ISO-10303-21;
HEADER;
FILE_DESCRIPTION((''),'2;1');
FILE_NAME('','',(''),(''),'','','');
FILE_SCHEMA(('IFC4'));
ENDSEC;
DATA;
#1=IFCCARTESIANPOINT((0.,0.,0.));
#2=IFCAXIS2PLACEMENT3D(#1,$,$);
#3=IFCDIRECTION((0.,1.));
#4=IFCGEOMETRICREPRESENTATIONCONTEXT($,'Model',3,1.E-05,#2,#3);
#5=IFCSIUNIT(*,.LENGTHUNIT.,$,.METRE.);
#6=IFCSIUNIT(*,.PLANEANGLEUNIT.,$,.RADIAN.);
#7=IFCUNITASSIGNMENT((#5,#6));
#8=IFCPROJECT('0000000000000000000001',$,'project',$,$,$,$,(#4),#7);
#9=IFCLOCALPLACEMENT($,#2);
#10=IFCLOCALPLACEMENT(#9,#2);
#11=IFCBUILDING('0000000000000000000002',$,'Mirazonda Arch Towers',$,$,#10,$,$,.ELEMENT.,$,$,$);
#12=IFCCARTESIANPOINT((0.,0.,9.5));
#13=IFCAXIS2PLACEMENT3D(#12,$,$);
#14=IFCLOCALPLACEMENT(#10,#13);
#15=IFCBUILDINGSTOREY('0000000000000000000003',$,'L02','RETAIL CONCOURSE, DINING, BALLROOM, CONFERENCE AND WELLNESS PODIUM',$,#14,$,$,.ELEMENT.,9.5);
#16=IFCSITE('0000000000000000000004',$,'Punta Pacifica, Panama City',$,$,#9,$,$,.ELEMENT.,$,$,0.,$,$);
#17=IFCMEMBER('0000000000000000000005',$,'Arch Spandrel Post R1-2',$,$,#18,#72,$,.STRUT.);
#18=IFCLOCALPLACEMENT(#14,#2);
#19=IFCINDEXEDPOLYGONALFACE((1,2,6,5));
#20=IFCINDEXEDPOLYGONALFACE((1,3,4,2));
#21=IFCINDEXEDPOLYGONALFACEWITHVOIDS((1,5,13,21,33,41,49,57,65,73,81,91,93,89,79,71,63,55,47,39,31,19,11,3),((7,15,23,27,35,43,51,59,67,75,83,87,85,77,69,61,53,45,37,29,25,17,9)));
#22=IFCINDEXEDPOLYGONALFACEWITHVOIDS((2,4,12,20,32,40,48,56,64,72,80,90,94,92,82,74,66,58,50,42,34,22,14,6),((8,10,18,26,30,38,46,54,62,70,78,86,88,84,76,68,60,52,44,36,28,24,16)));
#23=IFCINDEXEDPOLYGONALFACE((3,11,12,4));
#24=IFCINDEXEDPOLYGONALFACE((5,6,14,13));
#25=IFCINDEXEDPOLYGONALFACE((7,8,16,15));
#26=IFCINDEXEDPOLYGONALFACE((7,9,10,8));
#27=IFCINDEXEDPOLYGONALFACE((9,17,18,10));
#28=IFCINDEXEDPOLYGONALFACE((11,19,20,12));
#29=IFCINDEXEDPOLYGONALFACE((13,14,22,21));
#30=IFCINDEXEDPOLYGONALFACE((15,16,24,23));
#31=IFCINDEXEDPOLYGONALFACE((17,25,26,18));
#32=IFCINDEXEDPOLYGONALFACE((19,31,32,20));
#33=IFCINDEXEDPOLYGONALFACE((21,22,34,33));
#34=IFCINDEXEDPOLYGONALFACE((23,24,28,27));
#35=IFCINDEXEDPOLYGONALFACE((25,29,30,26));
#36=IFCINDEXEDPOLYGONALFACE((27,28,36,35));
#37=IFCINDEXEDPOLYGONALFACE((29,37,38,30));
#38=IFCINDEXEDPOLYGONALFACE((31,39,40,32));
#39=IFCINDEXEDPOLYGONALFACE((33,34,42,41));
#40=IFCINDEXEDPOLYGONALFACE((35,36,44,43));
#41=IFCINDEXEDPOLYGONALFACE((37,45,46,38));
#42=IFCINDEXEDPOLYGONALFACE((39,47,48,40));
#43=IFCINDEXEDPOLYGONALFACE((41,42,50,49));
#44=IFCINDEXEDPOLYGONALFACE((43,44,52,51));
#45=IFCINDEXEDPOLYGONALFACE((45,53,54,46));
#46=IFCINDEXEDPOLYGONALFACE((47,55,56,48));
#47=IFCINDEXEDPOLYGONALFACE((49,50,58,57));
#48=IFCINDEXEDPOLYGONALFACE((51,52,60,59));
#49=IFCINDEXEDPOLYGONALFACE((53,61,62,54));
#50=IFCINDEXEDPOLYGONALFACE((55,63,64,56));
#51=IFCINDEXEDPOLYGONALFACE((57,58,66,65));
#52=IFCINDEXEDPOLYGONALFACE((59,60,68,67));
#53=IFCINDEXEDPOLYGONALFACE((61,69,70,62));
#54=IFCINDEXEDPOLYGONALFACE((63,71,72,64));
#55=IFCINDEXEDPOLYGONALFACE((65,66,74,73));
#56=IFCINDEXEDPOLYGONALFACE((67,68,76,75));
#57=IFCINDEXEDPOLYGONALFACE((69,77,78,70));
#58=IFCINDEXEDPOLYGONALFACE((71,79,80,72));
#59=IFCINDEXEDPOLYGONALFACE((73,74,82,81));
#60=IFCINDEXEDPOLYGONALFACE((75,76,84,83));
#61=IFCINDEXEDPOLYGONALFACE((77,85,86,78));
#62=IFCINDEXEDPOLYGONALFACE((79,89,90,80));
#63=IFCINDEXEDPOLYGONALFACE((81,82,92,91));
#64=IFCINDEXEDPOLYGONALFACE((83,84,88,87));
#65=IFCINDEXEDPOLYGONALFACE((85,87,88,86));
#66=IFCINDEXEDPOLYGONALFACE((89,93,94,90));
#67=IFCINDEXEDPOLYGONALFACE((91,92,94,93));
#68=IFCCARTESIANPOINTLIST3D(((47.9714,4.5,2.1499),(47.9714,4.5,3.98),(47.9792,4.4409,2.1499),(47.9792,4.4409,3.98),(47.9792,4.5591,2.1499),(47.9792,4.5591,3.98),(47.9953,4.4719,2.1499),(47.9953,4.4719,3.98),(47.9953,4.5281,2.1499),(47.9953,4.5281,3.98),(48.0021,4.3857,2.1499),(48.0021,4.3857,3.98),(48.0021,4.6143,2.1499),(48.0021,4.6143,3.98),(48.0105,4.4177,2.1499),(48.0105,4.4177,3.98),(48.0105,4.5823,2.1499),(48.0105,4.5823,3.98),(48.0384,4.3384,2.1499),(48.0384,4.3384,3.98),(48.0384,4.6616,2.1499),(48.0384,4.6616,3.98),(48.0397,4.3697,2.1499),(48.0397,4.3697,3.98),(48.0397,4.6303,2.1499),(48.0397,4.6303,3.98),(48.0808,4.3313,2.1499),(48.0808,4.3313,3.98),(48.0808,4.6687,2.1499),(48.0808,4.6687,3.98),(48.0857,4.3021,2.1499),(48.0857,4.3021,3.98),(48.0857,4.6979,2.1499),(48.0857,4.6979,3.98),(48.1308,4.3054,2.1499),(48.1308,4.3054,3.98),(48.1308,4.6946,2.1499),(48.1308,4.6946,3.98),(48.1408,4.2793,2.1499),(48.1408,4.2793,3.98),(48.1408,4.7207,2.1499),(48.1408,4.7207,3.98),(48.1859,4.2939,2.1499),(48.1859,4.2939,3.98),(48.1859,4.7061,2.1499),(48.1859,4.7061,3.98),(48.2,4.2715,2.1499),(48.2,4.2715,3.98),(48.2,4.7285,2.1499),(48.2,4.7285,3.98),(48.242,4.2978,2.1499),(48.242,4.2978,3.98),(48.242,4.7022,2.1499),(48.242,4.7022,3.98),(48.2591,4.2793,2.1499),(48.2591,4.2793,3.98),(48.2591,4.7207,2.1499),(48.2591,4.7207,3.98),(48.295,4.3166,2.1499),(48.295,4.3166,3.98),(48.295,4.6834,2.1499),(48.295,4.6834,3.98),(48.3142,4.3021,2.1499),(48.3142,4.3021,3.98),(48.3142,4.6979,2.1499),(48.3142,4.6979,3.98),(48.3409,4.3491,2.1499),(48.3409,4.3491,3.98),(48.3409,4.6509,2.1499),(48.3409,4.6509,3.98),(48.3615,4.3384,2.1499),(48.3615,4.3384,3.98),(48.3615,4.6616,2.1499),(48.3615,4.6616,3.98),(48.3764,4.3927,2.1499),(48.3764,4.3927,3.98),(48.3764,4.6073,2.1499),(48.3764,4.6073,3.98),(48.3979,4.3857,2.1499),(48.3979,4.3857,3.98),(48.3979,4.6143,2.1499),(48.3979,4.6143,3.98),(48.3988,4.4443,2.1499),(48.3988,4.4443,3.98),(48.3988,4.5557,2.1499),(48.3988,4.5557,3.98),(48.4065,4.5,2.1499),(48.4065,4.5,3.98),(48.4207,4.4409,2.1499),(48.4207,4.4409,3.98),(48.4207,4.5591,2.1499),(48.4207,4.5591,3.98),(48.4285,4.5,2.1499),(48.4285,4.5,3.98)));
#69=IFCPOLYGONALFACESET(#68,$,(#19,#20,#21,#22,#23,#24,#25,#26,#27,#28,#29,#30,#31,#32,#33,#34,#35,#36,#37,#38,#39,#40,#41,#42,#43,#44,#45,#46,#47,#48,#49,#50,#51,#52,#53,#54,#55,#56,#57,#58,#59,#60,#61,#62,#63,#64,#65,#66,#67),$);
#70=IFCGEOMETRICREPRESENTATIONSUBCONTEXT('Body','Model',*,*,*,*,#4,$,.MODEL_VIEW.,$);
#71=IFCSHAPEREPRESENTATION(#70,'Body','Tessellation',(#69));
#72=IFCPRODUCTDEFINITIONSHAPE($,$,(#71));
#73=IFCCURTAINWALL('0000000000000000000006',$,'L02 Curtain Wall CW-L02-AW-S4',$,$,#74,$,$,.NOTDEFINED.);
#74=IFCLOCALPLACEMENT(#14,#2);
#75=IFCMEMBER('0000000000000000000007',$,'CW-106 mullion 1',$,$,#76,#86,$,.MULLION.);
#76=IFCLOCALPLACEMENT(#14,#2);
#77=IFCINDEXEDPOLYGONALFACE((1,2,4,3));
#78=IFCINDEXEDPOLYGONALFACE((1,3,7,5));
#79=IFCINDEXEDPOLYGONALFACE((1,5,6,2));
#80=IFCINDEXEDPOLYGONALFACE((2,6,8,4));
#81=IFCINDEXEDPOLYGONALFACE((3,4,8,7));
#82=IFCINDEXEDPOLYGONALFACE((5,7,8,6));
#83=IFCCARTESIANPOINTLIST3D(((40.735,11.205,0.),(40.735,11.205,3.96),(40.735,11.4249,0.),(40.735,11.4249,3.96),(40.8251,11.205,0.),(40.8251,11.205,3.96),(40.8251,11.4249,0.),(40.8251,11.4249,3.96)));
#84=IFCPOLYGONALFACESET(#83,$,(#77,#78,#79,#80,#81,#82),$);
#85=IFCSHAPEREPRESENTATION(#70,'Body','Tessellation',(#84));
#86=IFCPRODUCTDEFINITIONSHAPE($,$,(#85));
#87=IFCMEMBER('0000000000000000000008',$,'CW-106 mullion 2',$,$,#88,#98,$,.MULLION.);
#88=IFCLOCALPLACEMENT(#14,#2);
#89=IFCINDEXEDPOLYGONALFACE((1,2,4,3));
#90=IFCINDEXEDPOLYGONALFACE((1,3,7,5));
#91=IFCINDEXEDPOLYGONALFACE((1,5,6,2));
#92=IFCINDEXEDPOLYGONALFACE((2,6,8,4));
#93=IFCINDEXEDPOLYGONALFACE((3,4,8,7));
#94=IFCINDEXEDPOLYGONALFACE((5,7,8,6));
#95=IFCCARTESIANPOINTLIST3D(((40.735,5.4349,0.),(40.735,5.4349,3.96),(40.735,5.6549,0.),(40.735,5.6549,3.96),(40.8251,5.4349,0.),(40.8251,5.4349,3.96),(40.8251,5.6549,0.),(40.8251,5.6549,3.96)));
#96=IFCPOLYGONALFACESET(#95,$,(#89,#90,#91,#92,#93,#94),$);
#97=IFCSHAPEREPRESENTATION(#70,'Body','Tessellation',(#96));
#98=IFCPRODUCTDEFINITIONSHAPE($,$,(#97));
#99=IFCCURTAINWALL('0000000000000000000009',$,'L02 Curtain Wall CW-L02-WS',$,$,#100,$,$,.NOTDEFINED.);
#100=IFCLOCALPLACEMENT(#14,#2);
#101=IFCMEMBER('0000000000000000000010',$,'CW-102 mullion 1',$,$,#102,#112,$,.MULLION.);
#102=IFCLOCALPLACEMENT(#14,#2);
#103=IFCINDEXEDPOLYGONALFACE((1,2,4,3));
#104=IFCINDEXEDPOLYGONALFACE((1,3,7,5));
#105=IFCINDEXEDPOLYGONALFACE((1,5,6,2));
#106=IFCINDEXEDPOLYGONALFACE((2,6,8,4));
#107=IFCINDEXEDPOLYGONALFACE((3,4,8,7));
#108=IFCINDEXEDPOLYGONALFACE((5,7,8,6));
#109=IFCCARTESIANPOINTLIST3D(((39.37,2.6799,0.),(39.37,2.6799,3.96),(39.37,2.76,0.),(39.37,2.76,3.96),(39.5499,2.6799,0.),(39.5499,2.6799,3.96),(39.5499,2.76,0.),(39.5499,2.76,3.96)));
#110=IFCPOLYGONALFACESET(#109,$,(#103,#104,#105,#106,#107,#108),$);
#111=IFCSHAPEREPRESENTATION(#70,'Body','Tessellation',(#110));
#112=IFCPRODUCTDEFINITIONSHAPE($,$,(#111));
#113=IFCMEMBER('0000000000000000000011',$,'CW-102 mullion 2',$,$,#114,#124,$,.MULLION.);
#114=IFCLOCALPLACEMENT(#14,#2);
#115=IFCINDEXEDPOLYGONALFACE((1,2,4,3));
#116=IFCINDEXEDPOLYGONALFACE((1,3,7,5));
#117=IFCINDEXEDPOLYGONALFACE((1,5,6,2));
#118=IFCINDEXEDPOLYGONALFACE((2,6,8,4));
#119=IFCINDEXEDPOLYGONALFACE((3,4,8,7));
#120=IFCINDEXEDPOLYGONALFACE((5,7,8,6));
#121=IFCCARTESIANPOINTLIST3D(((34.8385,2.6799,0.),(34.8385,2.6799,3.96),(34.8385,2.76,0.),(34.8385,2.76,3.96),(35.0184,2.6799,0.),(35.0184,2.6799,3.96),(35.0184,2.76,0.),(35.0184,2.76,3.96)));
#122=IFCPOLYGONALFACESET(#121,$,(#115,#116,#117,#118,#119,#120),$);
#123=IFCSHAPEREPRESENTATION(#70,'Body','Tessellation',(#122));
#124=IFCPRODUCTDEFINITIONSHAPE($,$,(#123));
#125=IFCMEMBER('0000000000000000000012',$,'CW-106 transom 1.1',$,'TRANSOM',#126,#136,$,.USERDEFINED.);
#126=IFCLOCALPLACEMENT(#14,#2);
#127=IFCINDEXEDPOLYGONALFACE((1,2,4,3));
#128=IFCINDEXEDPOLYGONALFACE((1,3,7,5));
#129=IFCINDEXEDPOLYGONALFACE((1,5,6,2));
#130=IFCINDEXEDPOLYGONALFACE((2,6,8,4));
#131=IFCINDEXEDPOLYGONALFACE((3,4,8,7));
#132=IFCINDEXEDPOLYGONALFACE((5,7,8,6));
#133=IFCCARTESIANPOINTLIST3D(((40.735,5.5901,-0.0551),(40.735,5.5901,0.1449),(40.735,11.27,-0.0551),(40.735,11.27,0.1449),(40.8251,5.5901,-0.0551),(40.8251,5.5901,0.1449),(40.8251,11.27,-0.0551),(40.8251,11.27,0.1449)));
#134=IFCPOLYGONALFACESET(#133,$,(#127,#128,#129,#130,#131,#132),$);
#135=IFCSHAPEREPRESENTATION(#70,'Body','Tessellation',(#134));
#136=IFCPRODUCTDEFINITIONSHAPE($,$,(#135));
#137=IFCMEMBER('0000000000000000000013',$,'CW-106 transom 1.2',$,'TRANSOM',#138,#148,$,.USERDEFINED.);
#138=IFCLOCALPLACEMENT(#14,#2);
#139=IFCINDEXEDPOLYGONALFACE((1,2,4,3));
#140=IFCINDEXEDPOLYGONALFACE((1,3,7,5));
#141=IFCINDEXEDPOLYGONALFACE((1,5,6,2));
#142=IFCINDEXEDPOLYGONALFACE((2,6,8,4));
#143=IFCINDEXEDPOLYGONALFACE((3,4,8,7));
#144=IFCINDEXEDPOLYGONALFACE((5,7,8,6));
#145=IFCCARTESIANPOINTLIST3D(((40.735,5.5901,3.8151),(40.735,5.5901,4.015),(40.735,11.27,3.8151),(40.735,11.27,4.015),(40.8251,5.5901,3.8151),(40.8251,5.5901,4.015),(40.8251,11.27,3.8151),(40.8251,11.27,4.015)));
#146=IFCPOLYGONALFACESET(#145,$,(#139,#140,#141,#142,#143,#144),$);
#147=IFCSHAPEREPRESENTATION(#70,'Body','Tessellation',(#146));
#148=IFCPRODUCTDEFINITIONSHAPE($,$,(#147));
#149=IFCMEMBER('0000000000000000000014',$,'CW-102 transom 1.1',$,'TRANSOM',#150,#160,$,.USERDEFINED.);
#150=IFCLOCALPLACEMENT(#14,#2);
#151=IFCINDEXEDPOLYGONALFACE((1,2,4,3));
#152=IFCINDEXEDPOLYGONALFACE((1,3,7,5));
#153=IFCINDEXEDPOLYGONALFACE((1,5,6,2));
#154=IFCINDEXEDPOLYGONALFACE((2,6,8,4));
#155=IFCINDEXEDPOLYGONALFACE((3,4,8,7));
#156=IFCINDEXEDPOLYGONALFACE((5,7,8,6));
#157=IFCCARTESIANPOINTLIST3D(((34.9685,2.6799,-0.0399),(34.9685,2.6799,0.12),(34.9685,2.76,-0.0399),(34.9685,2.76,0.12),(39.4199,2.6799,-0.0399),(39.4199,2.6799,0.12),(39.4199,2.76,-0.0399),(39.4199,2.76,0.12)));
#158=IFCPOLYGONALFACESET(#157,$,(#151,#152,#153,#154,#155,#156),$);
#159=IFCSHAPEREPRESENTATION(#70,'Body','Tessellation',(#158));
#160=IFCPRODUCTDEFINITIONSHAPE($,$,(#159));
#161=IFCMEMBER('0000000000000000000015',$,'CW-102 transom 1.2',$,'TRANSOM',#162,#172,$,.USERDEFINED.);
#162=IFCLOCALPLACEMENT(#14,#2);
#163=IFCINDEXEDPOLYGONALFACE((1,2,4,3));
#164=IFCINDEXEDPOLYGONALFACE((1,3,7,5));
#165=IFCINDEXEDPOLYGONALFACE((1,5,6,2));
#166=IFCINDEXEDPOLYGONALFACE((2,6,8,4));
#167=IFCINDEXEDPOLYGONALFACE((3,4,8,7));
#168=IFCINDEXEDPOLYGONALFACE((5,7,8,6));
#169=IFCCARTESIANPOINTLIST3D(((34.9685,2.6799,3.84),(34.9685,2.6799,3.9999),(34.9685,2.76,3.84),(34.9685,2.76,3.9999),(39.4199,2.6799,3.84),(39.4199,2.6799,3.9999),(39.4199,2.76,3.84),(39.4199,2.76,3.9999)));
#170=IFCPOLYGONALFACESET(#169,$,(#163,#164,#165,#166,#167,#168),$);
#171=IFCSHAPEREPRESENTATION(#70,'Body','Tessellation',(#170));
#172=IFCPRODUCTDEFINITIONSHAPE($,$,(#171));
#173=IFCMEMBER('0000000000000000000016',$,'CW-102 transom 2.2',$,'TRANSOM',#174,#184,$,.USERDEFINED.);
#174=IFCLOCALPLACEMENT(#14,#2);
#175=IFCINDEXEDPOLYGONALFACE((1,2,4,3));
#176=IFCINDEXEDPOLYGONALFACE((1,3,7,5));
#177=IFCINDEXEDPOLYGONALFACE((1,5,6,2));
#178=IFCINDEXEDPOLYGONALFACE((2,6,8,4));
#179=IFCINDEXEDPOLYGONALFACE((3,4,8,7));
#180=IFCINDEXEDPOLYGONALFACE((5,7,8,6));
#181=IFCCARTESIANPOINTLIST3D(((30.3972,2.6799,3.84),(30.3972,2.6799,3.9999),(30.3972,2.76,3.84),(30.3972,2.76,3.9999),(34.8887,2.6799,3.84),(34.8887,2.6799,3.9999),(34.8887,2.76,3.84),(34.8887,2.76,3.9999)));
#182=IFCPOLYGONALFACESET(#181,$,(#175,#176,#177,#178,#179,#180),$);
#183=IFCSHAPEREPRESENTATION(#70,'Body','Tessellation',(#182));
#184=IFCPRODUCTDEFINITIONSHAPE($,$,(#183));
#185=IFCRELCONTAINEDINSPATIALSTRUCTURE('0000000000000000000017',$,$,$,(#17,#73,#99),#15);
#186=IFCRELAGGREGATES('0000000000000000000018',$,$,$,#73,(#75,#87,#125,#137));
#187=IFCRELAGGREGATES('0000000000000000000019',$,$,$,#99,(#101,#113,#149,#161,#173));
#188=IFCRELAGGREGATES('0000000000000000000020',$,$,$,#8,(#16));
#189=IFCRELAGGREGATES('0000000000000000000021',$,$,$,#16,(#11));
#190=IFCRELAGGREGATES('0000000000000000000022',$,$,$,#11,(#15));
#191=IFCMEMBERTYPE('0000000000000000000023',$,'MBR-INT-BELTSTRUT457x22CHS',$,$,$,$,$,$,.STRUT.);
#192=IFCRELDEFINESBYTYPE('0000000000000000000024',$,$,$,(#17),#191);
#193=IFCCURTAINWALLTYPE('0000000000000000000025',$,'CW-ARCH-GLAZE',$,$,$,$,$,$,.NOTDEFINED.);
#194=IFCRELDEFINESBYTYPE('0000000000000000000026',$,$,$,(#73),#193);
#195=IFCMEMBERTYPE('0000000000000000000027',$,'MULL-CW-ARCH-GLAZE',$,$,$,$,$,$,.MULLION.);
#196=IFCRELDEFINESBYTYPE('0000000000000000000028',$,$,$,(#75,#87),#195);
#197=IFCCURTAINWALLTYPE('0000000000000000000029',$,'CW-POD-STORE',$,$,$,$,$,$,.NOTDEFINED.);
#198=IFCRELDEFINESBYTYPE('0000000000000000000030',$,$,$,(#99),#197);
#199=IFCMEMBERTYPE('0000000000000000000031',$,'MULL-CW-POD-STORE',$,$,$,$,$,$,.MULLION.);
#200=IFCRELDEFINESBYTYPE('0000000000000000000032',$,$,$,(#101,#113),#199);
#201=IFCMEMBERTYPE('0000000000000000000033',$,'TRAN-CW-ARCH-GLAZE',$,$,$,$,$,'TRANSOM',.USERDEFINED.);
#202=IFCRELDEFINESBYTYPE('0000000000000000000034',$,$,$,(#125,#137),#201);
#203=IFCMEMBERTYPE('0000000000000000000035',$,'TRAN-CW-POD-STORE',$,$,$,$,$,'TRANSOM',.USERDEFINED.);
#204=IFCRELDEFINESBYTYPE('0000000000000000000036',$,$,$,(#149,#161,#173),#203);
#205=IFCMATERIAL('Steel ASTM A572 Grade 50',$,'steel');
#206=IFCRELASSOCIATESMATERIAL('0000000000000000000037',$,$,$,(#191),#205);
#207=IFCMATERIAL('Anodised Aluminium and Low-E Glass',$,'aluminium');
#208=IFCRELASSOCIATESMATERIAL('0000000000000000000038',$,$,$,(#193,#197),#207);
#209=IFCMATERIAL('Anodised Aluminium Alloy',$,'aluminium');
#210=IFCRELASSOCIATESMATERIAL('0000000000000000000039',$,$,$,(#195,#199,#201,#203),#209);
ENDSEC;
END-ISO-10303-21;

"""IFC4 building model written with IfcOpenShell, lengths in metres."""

from ifc_helpers import new_model, si_unit, direction, frame, origin, origin_2d, place, context, subcontext, project, spatial, rectangle, hollow_circle, extrude, material, material_profile, profile_set, type_object, element, aggregate, save


model = new_model("IFC4")

# Units and contexts
model_context = context("Model", 3, precision=1e-05, world=origin(), true_north=direction((0.0, 1.0)))
body_context = subcontext(model_context, "Body", "Model", "MODEL_VIEW")
ifc_project = project(units=[si_unit("LENGTHUNIT", "METRE"), si_unit("PLANEANGLEUNIT", "RADIAN")], contexts=[model_context])

# Site, building, storey
site_placement = place(None, origin())
site = spatial("IfcSite", under=ifc_project, at=site_placement, Name="Punta Pacifica, Panama City", CompositionType="ELEMENT", RefElevation=0.0)
building_placement = place(site_placement, origin())
building = spatial("IfcBuilding", under=site, at=building_placement, Name="Mirazonda Arch Towers", CompositionType="ELEMENT")
storey_placement = place(building_placement, frame((0.0, 0.0, 9.5)))
storey = spatial("IfcBuildingStorey", under=building, at=storey_placement, Name="L02", Description="RETAIL CONCOURSE, DINING, BALLROOM, CONFERENCE AND WELLNESS PODIUM", CompositionType="ELEMENT", Elevation=9.5)

# Member
ifc_material_1 = material(Name="Steel ASTM A572 Grade 50", Category="steel")
ifc_material_profile_1 = material_profile(ifc_material_1, hollow_circle(Radius=0.2285, WallThickness=0.022, at=origin_2d()), Name="BELTSTRUT457x22CHS")
ifc_profile_set_1 = profile_set([ifc_material_profile_1], Name="Steel ASTM A572 Grade 50")
member_type_1 = type_object("IfcMemberType", Name="MBR-INT-BELTSTRUT457x22CHS", PredefinedType="STRUT", material=ifc_profile_set_1)
member_1_placement = place(storey_placement, frame((48.2, 4.5, 2.1499), z_axis=(0.0, 0.0, 1.0), x_axis=(1.0, 0.0, 0.0)))
element("IfcMember", 1, at=member_1_placement, inside=storey, type_object=member_type_1, Name="Arch Spandrel Post R1-2", PredefinedType="STRUT", context=body_context, shape_type="SweptSolid", body=[
    extrude(hollow_circle(Radius=0.2285, WallThickness=0.022, at=origin_2d()), origin(), (0.0, 0.0, 1.0), 1.8301),
])

# Curtain walls, members
ifc_material_2 = material(Name="Anodised Aluminium and Low-E Glass", Category="aluminium")
curtain_wall_type_1 = type_object("IfcCurtainWallType", Name="CW-ARCH-GLAZE", PredefinedType="NOTDEFINED", material=ifc_material_2)
curtain_wall_1_placement = place(storey_placement, origin())
curtain_wall_1 = element("IfcCurtainWall", 2, at=curtain_wall_1_placement, inside=storey, type_object=curtain_wall_type_1, Name="L02 Curtain Wall CW-L02-AW-S4", PredefinedType="NOTDEFINED")
ifc_material_3 = material(Name="Anodised Aluminium Alloy", Category="aluminium")
ifc_material_profile_2 = material_profile(ifc_material_3, rectangle(XDim=0.0901, YDim=0.22, at=origin_2d()), Name="ALU-MULL-90x220")
ifc_profile_set_2 = profile_set([ifc_material_profile_2], Name="Anodised Aluminium Alloy")
member_type_2 = type_object("IfcMemberType", Name="MULL-CW-ARCH-GLAZE", PredefinedType="MULLION", material=ifc_profile_set_2)
member_2_placement = place(storey_placement, frame((40.78, 11.3149, 0.0), z_axis=(0.0, 0.0, 1.0), x_axis=(1.0, 0.0, 0.0)))
member_2 = element("IfcMember", 3, at=member_2_placement, type_object=member_type_2, Name="CW-106 mullion 1", PredefinedType="MULLION", context=body_context, shape_type="SweptSolid", body=[
    extrude(rectangle(XDim=0.0901, YDim=0.22, at=origin_2d()), origin(), (0.0, 0.0, 1.0), 3.96),
])
member_3_placement = place(storey_placement, frame((40.78, 5.5449, 0.0), z_axis=(0.0, 0.0, 1.0), x_axis=(1.0, 0.0, 0.0)))
member_3 = element("IfcMember", 4, at=member_3_placement, type_object=member_type_2, Name="CW-106 mullion 2", PredefinedType="MULLION", context=body_context, shape_type="SweptSolid", body=[
    extrude(rectangle(XDim=0.0901, YDim=0.22, at=origin_2d()), origin(), (0.0, 0.0, 1.0), 3.96),
])
curtain_wall_type_2 = type_object("IfcCurtainWallType", Name="CW-POD-STORE", PredefinedType="NOTDEFINED", material=ifc_material_2)
curtain_wall_2_placement = place(storey_placement, origin())
curtain_wall_2 = element("IfcCurtainWall", 5, at=curtain_wall_2_placement, inside=storey, type_object=curtain_wall_type_2, Name="L02 Curtain Wall CW-L02-WS", PredefinedType="NOTDEFINED")
ifc_material_profile_3 = material_profile(ifc_material_3, rectangle(XDim=0.0801, YDim=0.1799, at=origin_2d()), Name="ALU-MULL-80x180")
ifc_profile_set_3 = profile_set([ifc_material_profile_3], Name="Anodised Aluminium Alloy")
member_type_3 = type_object("IfcMemberType", Name="MULL-CW-POD-STORE", PredefinedType="MULLION", material=ifc_profile_set_3)
member_4_placement = place(storey_placement, frame((39.46, 2.72, 0.0), z_axis=(0.0, 0.0, 1.0), x_axis=(0.0, -1.0, 0.0)))
member_4 = element("IfcMember", 6, at=member_4_placement, type_object=member_type_3, Name="CW-102 mullion 1", PredefinedType="MULLION", context=body_context, shape_type="SweptSolid", body=[
    extrude(rectangle(XDim=0.0801, YDim=0.1799, at=origin_2d()), origin(), (0.0, 0.0, 1.0), 3.96),
])
member_5_placement = place(storey_placement, frame((34.9285, 2.72, 0.0), z_axis=(0.0, 0.0, 1.0), x_axis=(0.0, -1.0, 0.0)))
member_5 = element("IfcMember", 7, at=member_5_placement, type_object=member_type_3, Name="CW-102 mullion 2", PredefinedType="MULLION", context=body_context, shape_type="SweptSolid", body=[
    extrude(rectangle(XDim=0.0801, YDim=0.1799, at=origin_2d()), origin(), (0.0, 0.0, 1.0), 3.96),
])

# Members
ifc_material_profile_4 = material_profile(ifc_material_3, rectangle(XDim=0.0901, YDim=0.2, at=origin_2d()), Name="ALU-TRAN-90x200")
ifc_profile_set_4 = profile_set([ifc_material_profile_4], Name="Anodised Aluminium Alloy")
member_type_4 = type_object("IfcMemberType", Name="TRAN-CW-ARCH-GLAZE", ElementType="TRANSOM", PredefinedType="USERDEFINED", material=ifc_profile_set_4)
member_6_placement = place(storey_placement, frame((40.78, 11.27, 0.0449), z_axis=(0.0, -1.0, 0.0), x_axis=(1.0, 0.0, 0.0)))
member_6 = element("IfcMember", 8, at=member_6_placement, type_object=member_type_4, Name="CW-106 transom 1.1", ObjectType="TRANSOM", PredefinedType="USERDEFINED", context=body_context, shape_type="SweptSolid", body=[
    extrude(rectangle(XDim=0.0901, YDim=0.2, at=origin_2d()), origin(), (0.0, 0.0, 1.0), 5.6799),
])
member_7_placement = place(storey_placement, frame((40.78, 11.27, 3.915), z_axis=(0.0, -1.0, 0.0), x_axis=(1.0, 0.0, 0.0)))
member_7 = element("IfcMember", 9, at=member_7_placement, type_object=member_type_4, Name="CW-106 transom 1.2", ObjectType="TRANSOM", PredefinedType="USERDEFINED", context=body_context, shape_type="SweptSolid", body=[
    extrude(rectangle(XDim=0.0901, YDim=0.2, at=origin_2d()), origin(), (0.0, 0.0, 1.0), 5.6799),
])
ifc_material_profile_5 = material_profile(ifc_material_3, rectangle(XDim=0.0801, YDim=0.1599, at=origin_2d()), Name="ALU-TRAN-80x160")
ifc_profile_set_5 = profile_set([ifc_material_profile_5], Name="Anodised Aluminium Alloy")
member_type_5 = type_object("IfcMemberType", Name="TRAN-CW-POD-STORE", ElementType="TRANSOM", PredefinedType="USERDEFINED", material=ifc_profile_set_5)
member_8_placement = place(storey_placement, frame((39.4199, 2.72, 0.04), z_axis=(-1.0, 0.0, 0.0), x_axis=(0.0, -1.0, 0.0)))
member_8 = element("IfcMember", 10, at=member_8_placement, type_object=member_type_5, Name="CW-102 transom 1.1", ObjectType="TRANSOM", PredefinedType="USERDEFINED", context=body_context, shape_type="SweptSolid", body=[
    extrude(rectangle(XDim=0.0801, YDim=0.1599, at=origin_2d()), origin(), (0.0, 0.0, 1.0), 4.4514),
])
member_9_placement = place(storey_placement, frame((39.4199, 2.72, 3.9199), z_axis=(-1.0, 0.0, 0.0), x_axis=(0.0, -1.0, 0.0)))
member_9 = element("IfcMember", 11, at=member_9_placement, type_object=member_type_5, Name="CW-102 transom 1.2", ObjectType="TRANSOM", PredefinedType="USERDEFINED", context=body_context, shape_type="SweptSolid", body=[
    extrude(rectangle(XDim=0.0801, YDim=0.1599, at=origin_2d()), origin(), (0.0, 0.0, 1.0), 4.4514),
])
member_10_placement = place(storey_placement, frame((34.8887, 2.72, 3.9199), z_axis=(-1.0, 0.0, 0.0), x_axis=(0.0, -1.0, 0.0)))
member_10 = element("IfcMember", 12, at=member_10_placement, type_object=member_type_5, Name="CW-102 transom 2.2", ObjectType="TRANSOM", PredefinedType="USERDEFINED", context=body_context, shape_type="SweptSolid", body=[
    extrude(rectangle(XDim=0.0801, YDim=0.1599, at=origin_2d()), origin(), (0.0, 0.0, 1.0), 4.4915),
])

aggregate(curtain_wall_1, [member_2, member_3, member_6, member_7])
aggregate(curtain_wall_2, [member_4, member_5, member_8, member_9, member_10])

save(model, "model.ifc")
